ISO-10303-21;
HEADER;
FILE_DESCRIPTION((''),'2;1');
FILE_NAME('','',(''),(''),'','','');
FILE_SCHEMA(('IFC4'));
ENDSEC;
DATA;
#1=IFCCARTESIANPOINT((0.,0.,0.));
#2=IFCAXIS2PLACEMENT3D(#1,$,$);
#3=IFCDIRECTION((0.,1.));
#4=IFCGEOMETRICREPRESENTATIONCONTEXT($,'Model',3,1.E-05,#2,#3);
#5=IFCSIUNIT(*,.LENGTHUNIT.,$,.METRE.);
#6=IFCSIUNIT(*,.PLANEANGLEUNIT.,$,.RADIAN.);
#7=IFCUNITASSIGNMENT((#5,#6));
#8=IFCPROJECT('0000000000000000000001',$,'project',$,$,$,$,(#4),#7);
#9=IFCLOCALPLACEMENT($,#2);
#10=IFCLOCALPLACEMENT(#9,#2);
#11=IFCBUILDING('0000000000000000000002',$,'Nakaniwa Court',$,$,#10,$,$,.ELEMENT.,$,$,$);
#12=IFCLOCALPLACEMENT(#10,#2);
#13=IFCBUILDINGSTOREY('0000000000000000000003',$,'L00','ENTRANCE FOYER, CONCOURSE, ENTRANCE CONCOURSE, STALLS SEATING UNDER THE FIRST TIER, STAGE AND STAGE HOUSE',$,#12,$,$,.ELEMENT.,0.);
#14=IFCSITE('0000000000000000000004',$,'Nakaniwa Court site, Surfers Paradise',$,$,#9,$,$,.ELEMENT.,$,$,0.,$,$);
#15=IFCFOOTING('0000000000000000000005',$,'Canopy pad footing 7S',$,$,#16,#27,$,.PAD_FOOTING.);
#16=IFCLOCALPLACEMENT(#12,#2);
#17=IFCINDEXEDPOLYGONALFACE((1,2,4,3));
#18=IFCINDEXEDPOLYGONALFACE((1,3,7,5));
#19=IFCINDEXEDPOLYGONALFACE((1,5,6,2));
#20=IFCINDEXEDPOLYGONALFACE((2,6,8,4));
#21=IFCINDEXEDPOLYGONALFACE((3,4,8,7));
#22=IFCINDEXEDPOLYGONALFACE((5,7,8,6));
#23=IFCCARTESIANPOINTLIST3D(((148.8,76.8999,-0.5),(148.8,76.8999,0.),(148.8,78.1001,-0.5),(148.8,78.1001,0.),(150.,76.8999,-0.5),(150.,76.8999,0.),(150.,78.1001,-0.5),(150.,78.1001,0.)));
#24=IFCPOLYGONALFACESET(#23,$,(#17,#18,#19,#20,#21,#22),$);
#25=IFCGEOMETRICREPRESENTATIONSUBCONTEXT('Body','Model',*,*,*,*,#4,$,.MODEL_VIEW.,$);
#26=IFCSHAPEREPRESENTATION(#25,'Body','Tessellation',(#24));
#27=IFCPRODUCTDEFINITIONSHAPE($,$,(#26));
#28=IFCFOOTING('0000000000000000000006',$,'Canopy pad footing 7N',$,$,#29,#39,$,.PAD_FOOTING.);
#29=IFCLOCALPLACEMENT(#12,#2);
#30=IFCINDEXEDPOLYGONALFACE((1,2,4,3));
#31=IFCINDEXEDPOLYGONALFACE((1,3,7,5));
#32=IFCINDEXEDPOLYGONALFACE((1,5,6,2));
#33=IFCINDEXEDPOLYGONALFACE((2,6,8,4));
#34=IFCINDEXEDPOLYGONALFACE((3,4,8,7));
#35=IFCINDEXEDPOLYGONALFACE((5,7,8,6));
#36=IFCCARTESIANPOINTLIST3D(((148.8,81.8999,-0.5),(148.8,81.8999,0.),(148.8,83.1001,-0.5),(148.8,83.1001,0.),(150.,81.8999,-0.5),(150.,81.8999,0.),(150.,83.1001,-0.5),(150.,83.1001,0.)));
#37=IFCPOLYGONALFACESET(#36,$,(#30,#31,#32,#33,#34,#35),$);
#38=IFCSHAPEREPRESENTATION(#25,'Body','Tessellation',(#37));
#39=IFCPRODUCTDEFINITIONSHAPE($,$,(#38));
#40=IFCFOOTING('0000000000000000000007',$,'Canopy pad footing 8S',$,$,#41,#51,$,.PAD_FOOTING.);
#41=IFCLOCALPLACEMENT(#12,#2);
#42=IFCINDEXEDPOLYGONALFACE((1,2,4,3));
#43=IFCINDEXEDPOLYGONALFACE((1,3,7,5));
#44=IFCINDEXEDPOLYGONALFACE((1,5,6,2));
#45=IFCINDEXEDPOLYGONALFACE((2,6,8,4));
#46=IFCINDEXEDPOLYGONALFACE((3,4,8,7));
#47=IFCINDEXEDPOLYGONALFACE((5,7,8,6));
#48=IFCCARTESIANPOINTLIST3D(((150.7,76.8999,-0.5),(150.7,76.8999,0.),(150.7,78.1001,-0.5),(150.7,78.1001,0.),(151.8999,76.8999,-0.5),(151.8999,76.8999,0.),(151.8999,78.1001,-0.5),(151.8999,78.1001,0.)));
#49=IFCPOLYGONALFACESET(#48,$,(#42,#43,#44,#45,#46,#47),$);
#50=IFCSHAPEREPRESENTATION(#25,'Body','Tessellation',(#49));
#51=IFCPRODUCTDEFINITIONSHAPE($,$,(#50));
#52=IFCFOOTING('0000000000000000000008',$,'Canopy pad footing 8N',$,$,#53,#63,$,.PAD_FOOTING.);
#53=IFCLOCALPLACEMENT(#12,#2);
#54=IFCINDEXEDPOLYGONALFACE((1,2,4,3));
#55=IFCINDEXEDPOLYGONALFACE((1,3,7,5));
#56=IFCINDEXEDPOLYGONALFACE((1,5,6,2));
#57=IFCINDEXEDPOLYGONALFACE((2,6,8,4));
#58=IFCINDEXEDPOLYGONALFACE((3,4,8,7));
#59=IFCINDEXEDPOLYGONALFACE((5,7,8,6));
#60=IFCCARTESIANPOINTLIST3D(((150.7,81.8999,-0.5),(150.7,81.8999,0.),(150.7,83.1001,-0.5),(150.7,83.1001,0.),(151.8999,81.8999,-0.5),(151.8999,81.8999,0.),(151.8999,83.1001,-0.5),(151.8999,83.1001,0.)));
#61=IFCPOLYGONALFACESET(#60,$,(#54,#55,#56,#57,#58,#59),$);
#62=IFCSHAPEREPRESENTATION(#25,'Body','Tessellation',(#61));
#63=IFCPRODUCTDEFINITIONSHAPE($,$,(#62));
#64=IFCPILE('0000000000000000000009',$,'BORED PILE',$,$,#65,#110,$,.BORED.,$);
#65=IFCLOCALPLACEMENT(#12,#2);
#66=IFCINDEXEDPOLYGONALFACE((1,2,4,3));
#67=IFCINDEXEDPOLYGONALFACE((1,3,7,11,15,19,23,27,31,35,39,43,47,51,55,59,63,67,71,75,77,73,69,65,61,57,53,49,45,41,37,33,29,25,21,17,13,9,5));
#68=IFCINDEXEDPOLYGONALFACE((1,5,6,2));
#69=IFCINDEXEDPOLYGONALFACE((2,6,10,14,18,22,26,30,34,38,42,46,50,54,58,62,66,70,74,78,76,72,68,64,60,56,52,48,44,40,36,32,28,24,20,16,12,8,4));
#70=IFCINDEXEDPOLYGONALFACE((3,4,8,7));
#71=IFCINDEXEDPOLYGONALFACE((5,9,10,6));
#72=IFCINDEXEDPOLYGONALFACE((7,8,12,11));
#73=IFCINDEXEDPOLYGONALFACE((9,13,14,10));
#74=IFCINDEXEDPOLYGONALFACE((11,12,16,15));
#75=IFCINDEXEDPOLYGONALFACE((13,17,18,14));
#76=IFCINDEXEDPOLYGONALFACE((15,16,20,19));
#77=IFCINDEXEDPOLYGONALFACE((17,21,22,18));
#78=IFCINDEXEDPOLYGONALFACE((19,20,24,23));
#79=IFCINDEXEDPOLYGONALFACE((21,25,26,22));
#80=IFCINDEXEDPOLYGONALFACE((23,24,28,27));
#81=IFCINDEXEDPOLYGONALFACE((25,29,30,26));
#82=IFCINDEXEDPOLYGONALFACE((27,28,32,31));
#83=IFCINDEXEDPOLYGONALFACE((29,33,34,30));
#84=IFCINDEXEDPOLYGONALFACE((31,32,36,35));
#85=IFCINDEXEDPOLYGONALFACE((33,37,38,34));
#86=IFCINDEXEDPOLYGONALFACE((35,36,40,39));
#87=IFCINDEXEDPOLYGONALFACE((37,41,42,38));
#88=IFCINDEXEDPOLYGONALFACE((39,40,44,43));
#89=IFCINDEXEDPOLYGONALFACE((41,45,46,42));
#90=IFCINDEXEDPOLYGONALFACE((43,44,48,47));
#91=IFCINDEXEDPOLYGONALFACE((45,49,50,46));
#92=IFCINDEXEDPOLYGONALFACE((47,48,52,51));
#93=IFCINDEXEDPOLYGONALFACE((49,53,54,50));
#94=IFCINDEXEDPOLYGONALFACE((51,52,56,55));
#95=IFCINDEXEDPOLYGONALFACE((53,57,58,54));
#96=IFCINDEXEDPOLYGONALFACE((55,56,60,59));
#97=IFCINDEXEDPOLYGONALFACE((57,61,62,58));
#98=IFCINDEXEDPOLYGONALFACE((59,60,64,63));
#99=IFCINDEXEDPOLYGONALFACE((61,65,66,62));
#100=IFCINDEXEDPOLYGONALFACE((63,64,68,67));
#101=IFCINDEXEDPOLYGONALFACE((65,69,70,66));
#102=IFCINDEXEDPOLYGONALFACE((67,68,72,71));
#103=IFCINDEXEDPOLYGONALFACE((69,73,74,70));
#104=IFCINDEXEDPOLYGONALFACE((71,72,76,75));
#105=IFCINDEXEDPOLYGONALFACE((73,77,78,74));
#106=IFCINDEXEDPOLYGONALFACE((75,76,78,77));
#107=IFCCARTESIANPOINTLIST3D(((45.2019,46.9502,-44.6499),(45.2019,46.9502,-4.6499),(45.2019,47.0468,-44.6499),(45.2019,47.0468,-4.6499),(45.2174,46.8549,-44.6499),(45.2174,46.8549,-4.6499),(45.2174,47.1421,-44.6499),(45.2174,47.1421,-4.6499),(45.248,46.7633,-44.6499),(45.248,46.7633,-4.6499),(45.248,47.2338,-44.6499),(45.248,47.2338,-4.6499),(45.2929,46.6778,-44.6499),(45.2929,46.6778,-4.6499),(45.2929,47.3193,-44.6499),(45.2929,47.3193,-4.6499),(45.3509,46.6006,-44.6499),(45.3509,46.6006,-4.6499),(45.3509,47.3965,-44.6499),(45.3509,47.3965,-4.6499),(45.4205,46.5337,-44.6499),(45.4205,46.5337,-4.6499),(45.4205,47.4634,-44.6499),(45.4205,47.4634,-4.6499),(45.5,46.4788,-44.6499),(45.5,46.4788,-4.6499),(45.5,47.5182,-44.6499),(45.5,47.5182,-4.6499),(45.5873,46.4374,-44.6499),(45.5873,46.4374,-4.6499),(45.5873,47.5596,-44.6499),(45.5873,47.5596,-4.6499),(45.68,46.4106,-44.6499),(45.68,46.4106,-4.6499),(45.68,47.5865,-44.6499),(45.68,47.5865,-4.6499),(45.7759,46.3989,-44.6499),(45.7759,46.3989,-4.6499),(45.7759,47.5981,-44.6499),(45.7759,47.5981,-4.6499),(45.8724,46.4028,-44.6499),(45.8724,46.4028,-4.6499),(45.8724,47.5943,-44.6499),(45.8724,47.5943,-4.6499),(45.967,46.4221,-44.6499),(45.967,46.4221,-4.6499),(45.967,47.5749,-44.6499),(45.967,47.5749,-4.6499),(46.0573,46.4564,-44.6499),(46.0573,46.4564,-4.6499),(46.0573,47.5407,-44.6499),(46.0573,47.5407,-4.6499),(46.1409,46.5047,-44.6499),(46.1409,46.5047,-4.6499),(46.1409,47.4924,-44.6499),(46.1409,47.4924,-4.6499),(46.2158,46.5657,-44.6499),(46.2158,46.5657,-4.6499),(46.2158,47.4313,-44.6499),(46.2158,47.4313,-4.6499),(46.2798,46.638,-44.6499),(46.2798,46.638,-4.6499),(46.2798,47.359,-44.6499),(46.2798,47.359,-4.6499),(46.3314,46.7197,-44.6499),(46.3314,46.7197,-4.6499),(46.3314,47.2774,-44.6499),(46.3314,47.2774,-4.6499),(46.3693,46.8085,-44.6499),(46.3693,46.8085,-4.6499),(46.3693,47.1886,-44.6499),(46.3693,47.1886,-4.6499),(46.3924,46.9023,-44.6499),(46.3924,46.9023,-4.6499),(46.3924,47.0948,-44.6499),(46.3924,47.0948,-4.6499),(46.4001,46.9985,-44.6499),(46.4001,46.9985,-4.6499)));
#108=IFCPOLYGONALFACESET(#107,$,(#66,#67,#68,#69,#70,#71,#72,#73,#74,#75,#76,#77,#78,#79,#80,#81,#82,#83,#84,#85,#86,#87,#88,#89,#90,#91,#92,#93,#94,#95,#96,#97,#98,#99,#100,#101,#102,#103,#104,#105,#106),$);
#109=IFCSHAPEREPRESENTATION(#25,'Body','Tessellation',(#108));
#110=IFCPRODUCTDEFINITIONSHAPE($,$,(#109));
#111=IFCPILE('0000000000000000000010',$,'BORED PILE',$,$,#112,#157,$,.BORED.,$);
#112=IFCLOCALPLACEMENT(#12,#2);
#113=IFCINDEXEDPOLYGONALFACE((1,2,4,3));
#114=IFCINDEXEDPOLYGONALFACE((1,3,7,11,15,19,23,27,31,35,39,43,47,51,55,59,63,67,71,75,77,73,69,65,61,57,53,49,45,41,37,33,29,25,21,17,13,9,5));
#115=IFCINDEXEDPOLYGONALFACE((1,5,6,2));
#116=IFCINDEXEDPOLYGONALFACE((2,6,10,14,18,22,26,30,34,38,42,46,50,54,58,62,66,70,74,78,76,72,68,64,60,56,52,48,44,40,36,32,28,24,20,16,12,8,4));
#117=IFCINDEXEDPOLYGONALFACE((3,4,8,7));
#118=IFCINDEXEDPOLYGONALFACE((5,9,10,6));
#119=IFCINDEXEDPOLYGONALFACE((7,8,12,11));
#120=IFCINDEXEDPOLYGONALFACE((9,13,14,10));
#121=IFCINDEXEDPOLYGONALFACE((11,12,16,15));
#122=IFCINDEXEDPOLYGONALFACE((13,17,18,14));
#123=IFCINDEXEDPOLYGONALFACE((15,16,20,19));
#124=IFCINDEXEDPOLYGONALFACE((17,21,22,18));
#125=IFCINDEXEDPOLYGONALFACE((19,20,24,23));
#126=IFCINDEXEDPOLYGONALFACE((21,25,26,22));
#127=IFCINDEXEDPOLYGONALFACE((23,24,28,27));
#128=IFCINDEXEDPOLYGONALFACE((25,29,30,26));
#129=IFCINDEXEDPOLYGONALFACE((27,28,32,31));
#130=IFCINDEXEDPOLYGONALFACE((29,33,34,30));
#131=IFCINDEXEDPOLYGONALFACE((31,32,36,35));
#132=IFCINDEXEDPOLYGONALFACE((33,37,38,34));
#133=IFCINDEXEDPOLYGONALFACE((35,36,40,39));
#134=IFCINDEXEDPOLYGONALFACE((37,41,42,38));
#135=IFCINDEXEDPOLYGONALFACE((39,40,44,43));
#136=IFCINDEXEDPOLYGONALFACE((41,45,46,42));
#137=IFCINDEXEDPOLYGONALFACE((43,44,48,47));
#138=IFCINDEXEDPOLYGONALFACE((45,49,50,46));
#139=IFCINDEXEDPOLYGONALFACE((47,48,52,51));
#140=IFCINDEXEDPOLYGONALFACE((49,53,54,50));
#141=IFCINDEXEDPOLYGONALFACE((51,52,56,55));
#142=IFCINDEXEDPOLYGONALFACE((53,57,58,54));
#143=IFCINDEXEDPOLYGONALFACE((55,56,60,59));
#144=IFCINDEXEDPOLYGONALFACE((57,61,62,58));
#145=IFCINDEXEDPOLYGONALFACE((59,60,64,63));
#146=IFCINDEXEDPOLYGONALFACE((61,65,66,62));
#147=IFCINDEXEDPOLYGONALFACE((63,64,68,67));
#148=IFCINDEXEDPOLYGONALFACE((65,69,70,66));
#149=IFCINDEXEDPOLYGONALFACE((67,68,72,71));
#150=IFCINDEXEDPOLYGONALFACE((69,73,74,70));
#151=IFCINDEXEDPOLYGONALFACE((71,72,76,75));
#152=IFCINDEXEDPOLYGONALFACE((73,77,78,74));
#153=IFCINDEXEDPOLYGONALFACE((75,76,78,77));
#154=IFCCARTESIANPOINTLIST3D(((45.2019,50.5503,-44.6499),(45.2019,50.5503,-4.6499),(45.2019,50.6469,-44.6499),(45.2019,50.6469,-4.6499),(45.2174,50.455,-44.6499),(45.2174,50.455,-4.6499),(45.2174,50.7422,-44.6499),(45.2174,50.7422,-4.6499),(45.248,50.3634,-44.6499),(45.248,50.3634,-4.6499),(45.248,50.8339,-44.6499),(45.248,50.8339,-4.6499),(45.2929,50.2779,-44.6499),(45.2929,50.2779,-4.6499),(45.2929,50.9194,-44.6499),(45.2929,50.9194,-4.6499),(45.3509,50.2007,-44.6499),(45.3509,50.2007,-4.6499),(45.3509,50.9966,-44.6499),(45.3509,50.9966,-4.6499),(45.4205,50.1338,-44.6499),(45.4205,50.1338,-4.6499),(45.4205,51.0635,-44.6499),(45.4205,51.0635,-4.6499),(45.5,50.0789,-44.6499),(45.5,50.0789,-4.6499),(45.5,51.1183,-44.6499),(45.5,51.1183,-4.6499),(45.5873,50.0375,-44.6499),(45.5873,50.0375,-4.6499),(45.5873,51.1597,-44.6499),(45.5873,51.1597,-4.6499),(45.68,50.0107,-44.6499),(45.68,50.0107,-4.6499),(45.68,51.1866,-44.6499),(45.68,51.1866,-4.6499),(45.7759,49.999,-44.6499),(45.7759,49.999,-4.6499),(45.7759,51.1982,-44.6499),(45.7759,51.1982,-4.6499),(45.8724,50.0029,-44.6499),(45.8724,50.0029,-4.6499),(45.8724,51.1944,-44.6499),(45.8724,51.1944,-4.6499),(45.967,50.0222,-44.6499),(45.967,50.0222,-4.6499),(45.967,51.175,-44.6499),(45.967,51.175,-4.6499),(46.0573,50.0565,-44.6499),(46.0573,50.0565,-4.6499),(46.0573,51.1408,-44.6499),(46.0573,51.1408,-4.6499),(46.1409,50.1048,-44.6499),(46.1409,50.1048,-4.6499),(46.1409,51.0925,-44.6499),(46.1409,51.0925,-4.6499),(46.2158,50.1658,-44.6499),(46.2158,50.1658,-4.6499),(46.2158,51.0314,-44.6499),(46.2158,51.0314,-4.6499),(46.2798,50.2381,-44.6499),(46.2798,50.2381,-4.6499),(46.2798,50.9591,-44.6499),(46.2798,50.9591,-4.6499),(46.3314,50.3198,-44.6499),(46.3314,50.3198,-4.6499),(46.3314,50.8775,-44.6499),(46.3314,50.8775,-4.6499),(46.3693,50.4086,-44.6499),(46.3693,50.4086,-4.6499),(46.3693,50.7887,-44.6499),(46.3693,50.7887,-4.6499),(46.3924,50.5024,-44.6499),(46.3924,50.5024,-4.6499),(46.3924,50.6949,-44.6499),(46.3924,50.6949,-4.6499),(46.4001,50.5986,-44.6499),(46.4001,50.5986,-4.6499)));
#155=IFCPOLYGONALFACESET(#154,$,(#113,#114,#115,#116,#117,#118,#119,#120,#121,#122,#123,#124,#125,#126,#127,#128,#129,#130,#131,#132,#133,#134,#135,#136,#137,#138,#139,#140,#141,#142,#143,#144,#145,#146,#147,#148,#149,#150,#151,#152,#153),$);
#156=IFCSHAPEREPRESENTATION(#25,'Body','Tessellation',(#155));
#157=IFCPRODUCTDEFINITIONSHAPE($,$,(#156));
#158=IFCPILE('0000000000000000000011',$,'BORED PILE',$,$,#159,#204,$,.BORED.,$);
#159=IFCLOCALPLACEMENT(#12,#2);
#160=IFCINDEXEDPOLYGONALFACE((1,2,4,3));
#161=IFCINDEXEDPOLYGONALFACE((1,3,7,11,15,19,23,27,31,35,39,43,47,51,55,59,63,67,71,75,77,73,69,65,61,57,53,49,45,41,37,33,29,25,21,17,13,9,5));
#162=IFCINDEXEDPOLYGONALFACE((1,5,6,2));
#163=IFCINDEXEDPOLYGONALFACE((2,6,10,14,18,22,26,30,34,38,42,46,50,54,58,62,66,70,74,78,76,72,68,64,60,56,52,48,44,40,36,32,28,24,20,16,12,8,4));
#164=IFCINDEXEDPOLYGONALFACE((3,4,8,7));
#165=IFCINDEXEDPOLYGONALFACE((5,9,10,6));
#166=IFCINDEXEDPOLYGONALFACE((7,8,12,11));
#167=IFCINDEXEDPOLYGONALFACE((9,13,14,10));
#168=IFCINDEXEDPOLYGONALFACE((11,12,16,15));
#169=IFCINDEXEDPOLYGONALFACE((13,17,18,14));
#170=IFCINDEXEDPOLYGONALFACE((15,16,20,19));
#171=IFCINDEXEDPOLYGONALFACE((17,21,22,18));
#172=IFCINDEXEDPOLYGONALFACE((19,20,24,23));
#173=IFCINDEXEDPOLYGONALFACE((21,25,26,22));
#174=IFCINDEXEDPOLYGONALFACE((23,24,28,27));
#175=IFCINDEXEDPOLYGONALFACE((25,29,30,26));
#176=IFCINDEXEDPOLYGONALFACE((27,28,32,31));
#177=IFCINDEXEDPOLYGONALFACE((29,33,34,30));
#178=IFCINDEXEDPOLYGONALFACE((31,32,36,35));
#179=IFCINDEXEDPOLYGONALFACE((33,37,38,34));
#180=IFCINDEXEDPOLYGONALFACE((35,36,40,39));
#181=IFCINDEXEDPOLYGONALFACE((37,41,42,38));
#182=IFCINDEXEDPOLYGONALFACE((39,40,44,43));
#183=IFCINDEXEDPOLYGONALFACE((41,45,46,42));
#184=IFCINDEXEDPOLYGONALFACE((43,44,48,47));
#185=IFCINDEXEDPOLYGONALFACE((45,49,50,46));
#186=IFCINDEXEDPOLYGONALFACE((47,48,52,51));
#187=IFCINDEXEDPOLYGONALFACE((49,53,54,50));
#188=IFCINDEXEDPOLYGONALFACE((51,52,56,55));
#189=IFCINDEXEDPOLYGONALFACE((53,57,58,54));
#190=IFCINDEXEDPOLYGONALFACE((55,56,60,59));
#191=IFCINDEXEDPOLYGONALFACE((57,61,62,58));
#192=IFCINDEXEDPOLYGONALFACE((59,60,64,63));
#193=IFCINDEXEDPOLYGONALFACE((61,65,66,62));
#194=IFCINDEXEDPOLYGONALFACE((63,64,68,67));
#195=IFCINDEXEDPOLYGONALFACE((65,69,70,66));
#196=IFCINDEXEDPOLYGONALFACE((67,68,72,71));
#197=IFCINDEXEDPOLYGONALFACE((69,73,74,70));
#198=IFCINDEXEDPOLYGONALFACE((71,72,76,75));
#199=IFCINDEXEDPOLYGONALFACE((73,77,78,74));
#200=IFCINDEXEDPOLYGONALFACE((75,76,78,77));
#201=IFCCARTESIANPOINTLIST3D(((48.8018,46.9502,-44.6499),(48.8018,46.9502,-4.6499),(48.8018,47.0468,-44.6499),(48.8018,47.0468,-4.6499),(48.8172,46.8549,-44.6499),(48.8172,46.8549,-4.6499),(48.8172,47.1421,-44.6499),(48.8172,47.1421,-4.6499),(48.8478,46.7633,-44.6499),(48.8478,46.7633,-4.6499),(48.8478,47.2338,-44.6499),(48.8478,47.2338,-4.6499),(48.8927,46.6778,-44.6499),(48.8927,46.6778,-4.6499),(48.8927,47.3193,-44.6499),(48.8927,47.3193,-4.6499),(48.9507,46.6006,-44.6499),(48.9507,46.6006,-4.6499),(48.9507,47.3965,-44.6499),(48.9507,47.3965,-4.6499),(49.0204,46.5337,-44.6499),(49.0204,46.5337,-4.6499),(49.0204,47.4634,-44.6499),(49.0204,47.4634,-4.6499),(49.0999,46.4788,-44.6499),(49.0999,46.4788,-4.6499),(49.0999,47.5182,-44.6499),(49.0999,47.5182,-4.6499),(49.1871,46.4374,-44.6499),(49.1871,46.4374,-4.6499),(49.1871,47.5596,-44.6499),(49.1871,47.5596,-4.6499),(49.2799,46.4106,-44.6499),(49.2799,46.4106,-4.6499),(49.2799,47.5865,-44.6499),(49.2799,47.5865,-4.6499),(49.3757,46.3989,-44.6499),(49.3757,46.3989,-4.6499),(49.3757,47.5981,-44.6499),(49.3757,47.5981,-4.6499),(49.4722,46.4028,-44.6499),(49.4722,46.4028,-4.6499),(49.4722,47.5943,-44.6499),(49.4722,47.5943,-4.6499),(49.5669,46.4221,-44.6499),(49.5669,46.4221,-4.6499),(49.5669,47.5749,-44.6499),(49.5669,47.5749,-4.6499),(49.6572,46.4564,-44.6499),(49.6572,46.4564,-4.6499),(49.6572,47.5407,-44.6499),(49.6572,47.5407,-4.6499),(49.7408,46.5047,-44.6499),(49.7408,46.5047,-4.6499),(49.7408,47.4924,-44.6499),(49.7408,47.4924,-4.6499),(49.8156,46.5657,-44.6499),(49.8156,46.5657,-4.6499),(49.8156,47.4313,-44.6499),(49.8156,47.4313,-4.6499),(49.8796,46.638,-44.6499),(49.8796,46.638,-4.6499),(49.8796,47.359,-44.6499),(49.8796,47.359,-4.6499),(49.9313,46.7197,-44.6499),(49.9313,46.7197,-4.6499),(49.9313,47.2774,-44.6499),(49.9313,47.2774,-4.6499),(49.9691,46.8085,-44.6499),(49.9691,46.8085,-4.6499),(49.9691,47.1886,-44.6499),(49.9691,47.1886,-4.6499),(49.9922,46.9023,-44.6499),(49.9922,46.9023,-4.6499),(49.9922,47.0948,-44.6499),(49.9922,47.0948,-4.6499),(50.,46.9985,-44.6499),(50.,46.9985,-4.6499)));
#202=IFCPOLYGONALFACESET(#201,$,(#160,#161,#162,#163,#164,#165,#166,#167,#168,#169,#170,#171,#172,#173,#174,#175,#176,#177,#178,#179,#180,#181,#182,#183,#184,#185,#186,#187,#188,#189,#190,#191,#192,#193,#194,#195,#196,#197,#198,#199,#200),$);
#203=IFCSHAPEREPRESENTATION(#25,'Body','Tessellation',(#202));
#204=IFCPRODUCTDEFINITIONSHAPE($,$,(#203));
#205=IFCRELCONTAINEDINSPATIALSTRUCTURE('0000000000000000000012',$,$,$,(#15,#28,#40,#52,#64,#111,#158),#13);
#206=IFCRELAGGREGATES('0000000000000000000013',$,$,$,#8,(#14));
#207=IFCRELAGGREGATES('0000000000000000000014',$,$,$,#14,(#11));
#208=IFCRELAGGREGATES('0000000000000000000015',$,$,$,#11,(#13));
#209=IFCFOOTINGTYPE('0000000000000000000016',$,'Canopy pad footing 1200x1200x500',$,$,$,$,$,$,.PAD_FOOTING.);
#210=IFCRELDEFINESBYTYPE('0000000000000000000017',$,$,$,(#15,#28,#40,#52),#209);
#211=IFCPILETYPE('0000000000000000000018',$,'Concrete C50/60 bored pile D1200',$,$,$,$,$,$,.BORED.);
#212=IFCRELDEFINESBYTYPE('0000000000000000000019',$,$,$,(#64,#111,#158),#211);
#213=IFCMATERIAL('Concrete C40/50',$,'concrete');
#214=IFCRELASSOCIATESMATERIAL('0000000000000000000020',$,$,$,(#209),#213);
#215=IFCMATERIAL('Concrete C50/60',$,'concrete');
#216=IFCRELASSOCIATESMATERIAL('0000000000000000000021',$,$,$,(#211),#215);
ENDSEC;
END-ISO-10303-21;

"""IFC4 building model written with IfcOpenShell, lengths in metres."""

from ifc_helpers import new_model, si_unit, direction, frame, origin, origin_2d, place, context, subcontext, project, spatial, polyline, circle, outline, extrude, material, material_profile, profile_set, type_object, element, save


model = new_model("IFC4")

# Units and contexts
model_context = context("Model", 3, precision=1e-05, world=origin(), true_north=direction((0.0, 1.0)))
body_context = subcontext(model_context, "Body", "Model", "MODEL_VIEW")
ifc_project = project(units=[si_unit("LENGTHUNIT", "METRE"), si_unit("PLANEANGLEUNIT", "RADIAN")], contexts=[model_context])

# Site, building, storey
site_placement = place(None, origin())
site = spatial("IfcSite", under=ifc_project, at=site_placement, Name="Nakaniwa Court site, Surfers Paradise", CompositionType="ELEMENT", RefElevation=0.0)
building_placement = place(site_placement, origin())
building = spatial("IfcBuilding", under=site, at=building_placement, Name="Nakaniwa Court", CompositionType="ELEMENT")
storey_placement = place(building_placement, origin())
storey = spatial("IfcBuildingStorey", under=building, at=storey_placement, Name="L00", Description="ENTRANCE FOYER, CONCOURSE, ENTRANCE CONCOURSE, STALLS SEATING UNDER THE FIRST TIER, STAGE AND STAGE HOUSE", CompositionType="ELEMENT", Elevation=0.0)

# Footings
ifc_material_1 = material(Name="Concrete C40/50", Category="concrete")
footing_type = type_object("IfcFootingType", Name="Canopy pad footing 1200x1200x500", PredefinedType="PAD_FOOTING", material=ifc_material_1)
footing_1_placement = place(storey_placement, frame((0.0, 0.0, -0.5)))
element("IfcFooting", 1, at=footing_1_placement, inside=storey, type_object=footing_type, Name="Canopy pad footing 7S", PredefinedType="PAD_FOOTING", context=body_context, shape_type="SweptSolid", body=[
    extrude(outline(polyline([(150.0, 76.8999), (150.0, 78.1001), (148.8, 78.1001), (148.8, 76.8999), (150.0, 76.8999)])), origin(), (0.0, 0.0, 1.0), 0.5),
])
footing_2_placement = place(storey_placement, frame((0.0, 0.0, -0.5)))
element("IfcFooting", 2, at=footing_2_placement, inside=storey, type_object=footing_type, Name="Canopy pad footing 7N", PredefinedType="PAD_FOOTING", context=body_context, shape_type="SweptSolid", body=[
    extrude(outline(polyline([(150.0, 81.8999), (150.0, 83.1001), (148.8, 83.1001), (148.8, 81.8999), (150.0, 81.8999)])), origin(), (0.0, 0.0, 1.0), 0.5),
])
footing_3_placement = place(storey_placement, frame((0.0, 0.0, -0.5)))
element("IfcFooting", 3, at=footing_3_placement, inside=storey, type_object=footing_type, Name="Canopy pad footing 8S", PredefinedType="PAD_FOOTING", context=body_context, shape_type="SweptSolid", body=[
    extrude(outline(polyline([(151.8999, 76.8999), (151.8999, 78.1001), (150.7, 78.1001), (150.7, 76.8999), (151.8999, 76.8999)])), origin(), (0.0, 0.0, 1.0), 0.5),
])
footing_4_placement = place(storey_placement, frame((0.0, 0.0, -0.5)))
element("IfcFooting", 4, at=footing_4_placement, inside=storey, type_object=footing_type, Name="Canopy pad footing 8N", PredefinedType="PAD_FOOTING", context=body_context, shape_type="SweptSolid", body=[
    extrude(outline(polyline([(151.8999, 81.8999), (151.8999, 83.1001), (150.7, 83.1001), (150.7, 81.8999), (151.8999, 81.8999)])), origin(), (0.0, 0.0, 1.0), 0.5),
])

# Piles
ifc_material_2 = material(Name="Concrete C50/60", Category="concrete")
ifc_material_profile_1 = material_profile(ifc_material_2, circle(Radius=0.6001, at=origin_2d()), Name="Concrete C50/60 bored pile D1200")
ifc_profile_set_1 = profile_set([ifc_material_profile_1], Name="Concrete C50/60")
pile_type = type_object("IfcPileType", Name="Concrete C50/60 bored pile D1200", PredefinedType="BORED", material=ifc_profile_set_1)
for number, where, z_axis, x_axis, name in (
    (5, (45.8, 46.9985, -4.6499), (0.0, 0.0, -1.0), (1.0, 0.0, 0.0), "BORED PILE"),
    (6, (45.8, 50.5986, -4.6499), (0.0, 0.0, -1.0), (1.0, 0.0, 0.0), "BORED PILE"),
    (7, (49.3999, 46.9985, -4.6499), (0.0, 0.0, -1.0), (1.0, 0.0, 0.0), "BORED PILE"),
):
    element("IfcPile", number, at=place(storey_placement, frame(where, z_axis=z_axis, x_axis=x_axis)), inside=storey, type_object=pile_type, Name=name, PredefinedType="BORED", context=body_context, shape_type="SweptSolid", body=[
        extrude(circle(Radius=0.6001, at=origin_2d()), origin(), (0.0, 0.0, 1.0), 40.0),
    ])

save(model, "model.ifc")
